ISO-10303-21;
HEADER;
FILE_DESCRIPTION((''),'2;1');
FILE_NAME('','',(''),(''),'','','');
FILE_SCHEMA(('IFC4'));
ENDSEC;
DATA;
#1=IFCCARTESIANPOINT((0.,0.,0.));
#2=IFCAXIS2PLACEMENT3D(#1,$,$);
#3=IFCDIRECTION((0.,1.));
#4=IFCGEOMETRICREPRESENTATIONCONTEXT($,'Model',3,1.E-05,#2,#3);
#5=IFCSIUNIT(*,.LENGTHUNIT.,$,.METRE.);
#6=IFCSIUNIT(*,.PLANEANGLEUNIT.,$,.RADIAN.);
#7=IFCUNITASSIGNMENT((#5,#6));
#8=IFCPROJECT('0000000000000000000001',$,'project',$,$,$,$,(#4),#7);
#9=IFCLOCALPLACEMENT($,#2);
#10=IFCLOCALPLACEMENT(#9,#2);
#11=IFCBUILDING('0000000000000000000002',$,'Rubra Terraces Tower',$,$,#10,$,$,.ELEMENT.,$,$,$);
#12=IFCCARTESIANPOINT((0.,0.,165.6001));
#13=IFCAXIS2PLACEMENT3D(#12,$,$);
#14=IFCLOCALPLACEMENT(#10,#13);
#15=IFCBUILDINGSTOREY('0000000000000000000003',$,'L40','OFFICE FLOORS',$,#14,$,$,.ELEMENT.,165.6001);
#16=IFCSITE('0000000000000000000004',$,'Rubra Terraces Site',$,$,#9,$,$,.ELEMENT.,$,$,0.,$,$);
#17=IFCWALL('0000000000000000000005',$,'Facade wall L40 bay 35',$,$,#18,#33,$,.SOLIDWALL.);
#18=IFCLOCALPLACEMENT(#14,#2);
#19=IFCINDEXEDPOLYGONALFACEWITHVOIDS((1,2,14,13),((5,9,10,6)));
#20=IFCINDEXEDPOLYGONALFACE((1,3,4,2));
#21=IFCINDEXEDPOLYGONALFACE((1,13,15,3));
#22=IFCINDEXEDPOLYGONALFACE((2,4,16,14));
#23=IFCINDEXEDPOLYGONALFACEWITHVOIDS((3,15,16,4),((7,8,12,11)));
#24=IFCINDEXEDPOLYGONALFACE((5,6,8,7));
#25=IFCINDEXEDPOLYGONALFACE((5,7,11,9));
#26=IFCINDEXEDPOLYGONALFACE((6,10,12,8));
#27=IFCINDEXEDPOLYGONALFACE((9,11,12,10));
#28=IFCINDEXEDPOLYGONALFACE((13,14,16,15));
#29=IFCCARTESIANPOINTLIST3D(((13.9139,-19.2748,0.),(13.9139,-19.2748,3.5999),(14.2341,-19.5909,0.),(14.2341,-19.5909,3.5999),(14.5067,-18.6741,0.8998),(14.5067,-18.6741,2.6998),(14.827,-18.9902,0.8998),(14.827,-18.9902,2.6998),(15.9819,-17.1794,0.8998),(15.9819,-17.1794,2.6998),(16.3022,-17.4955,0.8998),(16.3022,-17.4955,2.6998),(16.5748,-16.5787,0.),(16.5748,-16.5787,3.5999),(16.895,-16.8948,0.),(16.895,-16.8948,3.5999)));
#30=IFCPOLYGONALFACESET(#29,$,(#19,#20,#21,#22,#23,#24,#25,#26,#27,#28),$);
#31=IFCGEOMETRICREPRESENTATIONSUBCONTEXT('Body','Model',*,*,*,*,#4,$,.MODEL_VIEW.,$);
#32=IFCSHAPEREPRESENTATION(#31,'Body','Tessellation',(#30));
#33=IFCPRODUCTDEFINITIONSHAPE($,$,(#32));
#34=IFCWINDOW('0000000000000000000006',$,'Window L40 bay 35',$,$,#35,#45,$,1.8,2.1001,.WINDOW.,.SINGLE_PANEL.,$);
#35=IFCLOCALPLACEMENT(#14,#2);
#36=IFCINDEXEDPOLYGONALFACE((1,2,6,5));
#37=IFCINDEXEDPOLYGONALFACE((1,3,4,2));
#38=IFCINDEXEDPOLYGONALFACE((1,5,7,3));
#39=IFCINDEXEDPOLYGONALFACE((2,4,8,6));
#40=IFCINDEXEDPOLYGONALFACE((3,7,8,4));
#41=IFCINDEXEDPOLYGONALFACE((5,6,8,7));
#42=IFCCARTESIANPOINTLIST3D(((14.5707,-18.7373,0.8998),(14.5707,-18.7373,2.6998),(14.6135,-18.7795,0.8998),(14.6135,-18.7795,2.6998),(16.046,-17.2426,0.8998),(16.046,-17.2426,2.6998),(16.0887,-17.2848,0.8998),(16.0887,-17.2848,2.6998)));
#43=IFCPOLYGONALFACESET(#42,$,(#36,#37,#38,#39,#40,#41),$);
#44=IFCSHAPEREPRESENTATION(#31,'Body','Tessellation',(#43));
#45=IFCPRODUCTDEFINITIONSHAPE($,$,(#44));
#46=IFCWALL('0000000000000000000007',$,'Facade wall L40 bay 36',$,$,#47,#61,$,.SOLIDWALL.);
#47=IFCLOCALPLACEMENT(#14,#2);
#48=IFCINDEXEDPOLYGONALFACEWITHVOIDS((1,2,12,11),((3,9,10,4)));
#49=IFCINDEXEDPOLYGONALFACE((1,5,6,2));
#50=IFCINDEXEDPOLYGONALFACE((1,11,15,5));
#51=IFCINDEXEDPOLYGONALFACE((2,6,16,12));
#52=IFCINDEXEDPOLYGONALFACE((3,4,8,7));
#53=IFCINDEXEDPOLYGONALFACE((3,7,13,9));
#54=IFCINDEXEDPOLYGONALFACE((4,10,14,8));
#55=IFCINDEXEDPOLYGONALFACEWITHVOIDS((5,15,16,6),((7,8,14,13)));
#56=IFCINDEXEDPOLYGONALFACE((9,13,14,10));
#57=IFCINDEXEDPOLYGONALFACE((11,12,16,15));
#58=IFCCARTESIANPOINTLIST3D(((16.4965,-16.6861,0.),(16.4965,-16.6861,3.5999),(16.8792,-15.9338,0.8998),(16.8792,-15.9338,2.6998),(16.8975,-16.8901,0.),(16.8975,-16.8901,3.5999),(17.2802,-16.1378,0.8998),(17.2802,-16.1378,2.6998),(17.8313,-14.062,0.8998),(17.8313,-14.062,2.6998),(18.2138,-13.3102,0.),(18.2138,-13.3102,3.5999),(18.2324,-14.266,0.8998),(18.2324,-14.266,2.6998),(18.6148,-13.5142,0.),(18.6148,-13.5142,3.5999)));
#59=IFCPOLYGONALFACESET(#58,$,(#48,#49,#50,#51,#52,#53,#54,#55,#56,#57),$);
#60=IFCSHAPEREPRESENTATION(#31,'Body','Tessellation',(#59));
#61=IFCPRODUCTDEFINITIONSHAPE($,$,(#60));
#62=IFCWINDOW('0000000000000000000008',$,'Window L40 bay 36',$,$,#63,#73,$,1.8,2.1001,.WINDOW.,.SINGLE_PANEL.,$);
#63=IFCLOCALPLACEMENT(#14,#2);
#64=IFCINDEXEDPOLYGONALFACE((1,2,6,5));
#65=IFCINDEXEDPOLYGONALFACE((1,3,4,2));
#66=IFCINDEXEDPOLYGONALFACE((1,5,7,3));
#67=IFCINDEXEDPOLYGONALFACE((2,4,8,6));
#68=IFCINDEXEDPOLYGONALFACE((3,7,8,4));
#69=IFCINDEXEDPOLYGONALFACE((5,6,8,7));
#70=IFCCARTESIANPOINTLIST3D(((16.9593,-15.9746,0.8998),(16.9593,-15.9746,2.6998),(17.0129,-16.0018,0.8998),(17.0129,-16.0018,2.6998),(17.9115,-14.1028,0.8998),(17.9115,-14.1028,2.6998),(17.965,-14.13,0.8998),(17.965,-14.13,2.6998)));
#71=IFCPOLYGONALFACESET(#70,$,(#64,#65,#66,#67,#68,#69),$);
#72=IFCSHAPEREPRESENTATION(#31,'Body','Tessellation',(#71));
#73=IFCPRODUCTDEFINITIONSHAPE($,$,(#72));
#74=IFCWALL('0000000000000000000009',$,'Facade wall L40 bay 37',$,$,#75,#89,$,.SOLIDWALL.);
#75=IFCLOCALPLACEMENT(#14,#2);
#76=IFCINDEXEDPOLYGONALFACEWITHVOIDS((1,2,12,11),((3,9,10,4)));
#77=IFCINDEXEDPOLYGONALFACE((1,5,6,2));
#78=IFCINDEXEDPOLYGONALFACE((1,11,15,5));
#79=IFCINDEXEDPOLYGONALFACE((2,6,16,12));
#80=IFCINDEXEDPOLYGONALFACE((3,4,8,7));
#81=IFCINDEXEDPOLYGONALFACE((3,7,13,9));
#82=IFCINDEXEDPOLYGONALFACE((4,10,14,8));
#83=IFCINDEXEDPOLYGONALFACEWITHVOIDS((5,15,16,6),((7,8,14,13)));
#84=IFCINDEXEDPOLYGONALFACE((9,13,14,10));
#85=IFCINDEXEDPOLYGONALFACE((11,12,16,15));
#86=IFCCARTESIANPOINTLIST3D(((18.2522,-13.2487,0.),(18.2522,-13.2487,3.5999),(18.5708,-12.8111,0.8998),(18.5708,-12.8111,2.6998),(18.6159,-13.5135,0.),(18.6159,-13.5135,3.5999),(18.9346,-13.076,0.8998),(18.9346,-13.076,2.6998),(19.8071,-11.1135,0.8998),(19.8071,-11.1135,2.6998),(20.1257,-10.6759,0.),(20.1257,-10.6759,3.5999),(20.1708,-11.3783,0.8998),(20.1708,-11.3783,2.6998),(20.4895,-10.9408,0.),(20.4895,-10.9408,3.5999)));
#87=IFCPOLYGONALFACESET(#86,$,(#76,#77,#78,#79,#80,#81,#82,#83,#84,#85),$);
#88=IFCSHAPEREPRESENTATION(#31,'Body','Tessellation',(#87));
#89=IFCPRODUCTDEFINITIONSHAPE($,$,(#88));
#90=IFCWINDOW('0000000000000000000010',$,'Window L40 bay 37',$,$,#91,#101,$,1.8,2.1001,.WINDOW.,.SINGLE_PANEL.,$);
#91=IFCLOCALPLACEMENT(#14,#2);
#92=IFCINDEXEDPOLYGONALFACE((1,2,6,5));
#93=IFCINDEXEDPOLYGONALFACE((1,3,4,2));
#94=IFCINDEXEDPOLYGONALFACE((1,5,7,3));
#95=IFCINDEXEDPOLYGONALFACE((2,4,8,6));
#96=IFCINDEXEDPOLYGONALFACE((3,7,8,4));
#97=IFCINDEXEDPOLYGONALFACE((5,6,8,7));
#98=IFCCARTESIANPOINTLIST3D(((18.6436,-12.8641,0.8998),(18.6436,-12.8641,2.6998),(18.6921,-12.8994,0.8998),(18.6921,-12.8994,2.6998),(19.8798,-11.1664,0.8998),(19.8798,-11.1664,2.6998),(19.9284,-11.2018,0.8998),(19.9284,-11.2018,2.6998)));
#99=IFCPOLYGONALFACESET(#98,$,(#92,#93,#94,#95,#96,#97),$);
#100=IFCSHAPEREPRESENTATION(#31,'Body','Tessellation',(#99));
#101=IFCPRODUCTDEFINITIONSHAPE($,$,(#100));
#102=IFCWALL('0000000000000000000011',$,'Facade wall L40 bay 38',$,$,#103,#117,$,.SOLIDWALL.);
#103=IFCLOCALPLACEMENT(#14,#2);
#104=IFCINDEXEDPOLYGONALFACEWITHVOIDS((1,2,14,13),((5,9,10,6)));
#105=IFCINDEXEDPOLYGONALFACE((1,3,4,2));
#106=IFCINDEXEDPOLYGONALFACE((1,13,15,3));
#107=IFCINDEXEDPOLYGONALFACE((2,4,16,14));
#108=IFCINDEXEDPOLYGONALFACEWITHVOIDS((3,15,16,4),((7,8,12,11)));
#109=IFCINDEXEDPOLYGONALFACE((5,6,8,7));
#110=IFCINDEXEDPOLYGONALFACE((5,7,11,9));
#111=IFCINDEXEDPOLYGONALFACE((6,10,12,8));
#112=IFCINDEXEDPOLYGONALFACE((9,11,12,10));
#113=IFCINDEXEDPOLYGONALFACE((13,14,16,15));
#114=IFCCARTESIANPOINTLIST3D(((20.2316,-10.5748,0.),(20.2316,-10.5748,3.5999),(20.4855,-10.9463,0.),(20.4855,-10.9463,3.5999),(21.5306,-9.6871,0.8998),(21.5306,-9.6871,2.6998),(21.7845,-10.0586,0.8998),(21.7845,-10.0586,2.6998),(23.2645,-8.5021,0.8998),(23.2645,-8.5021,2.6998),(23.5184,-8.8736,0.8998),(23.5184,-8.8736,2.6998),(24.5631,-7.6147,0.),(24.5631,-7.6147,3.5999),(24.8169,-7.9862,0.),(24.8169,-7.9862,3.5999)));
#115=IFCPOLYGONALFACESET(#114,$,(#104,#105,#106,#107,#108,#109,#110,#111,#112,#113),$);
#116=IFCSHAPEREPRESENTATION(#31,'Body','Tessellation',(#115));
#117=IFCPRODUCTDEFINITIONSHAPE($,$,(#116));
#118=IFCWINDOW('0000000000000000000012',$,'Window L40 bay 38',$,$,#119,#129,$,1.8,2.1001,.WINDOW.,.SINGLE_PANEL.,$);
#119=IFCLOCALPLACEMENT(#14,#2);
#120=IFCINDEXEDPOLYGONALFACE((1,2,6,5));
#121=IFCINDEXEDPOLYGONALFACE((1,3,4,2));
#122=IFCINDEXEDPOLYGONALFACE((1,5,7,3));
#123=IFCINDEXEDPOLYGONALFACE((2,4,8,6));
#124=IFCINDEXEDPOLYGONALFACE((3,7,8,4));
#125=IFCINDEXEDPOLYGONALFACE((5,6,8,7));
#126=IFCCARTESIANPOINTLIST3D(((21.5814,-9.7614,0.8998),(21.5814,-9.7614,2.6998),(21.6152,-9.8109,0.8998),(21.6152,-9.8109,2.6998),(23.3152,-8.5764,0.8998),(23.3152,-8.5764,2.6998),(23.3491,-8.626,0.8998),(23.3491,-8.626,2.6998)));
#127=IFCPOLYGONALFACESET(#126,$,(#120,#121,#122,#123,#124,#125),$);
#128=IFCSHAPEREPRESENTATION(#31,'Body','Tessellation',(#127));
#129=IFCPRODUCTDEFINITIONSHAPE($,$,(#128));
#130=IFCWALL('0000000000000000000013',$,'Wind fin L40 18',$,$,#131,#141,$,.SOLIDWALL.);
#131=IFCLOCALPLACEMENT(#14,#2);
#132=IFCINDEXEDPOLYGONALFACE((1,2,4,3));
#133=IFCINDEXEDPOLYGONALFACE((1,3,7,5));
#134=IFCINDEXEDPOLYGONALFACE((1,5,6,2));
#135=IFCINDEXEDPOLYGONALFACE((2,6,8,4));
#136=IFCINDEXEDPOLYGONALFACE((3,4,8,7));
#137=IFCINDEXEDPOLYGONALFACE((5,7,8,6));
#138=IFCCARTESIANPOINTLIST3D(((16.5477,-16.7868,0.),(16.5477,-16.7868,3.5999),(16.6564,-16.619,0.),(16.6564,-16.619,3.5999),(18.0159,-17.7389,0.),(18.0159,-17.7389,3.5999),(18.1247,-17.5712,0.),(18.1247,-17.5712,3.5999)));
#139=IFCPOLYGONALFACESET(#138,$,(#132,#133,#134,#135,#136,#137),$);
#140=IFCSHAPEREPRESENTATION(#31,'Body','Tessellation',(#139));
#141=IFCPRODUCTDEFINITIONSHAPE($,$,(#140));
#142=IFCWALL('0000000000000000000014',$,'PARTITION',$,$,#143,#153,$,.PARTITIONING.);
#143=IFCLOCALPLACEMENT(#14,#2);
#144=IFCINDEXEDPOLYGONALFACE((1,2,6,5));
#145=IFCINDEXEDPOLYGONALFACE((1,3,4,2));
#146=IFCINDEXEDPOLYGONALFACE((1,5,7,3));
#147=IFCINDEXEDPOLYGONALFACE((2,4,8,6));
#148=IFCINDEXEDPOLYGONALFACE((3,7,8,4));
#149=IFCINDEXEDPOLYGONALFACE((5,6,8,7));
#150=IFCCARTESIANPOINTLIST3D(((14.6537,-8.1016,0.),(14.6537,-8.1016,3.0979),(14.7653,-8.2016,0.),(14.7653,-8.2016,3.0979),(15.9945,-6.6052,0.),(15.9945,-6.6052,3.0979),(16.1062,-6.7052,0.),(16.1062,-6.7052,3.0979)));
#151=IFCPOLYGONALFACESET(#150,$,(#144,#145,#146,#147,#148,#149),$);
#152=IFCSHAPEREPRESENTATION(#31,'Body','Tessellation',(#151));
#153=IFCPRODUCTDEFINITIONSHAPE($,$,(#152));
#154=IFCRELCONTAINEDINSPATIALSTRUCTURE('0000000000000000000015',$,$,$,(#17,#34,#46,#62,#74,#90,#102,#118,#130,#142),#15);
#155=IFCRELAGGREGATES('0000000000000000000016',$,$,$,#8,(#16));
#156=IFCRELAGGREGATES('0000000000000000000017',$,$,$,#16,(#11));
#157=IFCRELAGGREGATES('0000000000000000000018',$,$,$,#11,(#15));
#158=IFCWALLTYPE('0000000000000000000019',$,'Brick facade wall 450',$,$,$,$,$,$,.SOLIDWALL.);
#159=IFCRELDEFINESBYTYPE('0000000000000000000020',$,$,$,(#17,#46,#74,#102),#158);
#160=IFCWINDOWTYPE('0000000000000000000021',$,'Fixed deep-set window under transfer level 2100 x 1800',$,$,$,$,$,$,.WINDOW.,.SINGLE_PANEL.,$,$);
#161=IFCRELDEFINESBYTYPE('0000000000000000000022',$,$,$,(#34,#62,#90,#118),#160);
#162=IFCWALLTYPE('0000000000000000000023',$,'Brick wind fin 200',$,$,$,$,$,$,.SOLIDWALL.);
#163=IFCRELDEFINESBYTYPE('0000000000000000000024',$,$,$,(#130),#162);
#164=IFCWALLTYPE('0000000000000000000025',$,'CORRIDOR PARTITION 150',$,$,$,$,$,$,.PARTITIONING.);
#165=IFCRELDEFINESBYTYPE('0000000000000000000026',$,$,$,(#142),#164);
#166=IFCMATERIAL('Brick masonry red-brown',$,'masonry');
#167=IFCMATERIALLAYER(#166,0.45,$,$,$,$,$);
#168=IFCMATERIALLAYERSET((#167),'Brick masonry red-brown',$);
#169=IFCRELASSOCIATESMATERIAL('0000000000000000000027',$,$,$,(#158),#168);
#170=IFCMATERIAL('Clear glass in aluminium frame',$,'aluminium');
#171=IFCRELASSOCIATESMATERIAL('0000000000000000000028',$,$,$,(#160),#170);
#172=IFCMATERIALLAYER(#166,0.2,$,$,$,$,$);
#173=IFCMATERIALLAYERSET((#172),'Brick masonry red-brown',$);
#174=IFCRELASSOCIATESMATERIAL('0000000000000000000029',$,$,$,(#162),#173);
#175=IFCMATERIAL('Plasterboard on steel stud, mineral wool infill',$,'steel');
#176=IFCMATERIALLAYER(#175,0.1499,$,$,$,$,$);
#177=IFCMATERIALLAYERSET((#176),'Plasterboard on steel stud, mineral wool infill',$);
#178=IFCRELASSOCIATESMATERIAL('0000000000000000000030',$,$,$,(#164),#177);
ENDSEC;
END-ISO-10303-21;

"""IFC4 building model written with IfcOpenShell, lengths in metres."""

from ifc_helpers import new_model, si_unit, direction, frame, frame_2d, origin, place, context, subcontext, project, spatial, rectangle, extrude, material, layer, layer_set, type_object, element, fill, save


model = new_model("IFC4")

# Units and contexts
model_context = context("Model", 3, precision=1e-05, world=origin(), true_north=direction((0.0, 1.0)))
body_context = subcontext(model_context, "Body", "Model", "MODEL_VIEW")
ifc_project = project(units=[si_unit("LENGTHUNIT", "METRE"), si_unit("PLANEANGLEUNIT", "RADIAN")], contexts=[model_context])

# Site, building, storey
site_placement = place(None, origin())
site = spatial("IfcSite", under=ifc_project, at=site_placement, Name="Rubra Terraces Site", CompositionType="ELEMENT", RefElevation=0.0)
building_placement = place(site_placement, origin())
building = spatial("IfcBuilding", under=site, at=building_placement, Name="Rubra Terraces Tower", CompositionType="ELEMENT")
storey_placement = place(building_placement, frame((0.0, 0.0, 165.6001)))
storey = spatial("IfcBuildingStorey", under=building, at=storey_placement, Name="L40", Description="OFFICE FLOORS", CompositionType="ELEMENT", Elevation=165.6001)

# Walls, openings, windows
ifc_material_1 = material(Name="Brick masonry red-brown", Category="masonry")
ifc_layer_1 = layer(ifc_material_1, 0.45)
ifc_layer_set_1 = layer_set([ifc_layer_1], Name="Brick masonry red-brown")
wall_type_1 = type_object("IfcWallType", Name="Brick facade wall 450", PredefinedType="SOLIDWALL", material=ifc_layer_set_1)
wall_1_placement = place(storey_placement, frame((14.074, -19.4329, 0.0), z_axis=(0.0, 0.0, 1.0), x_axis=(0.702451, 0.711732, 0.0)))
wall_1 = element("IfcWall", 1, at=wall_1_placement, inside=storey, type_object=wall_type_1, Name="Facade wall L40 bay 35", PredefinedType="SOLIDWALL", context=body_context, shape_type="SweptSolid", body=[
    extrude(rectangle(XDim=3.7881, YDim=0.45, at=frame_2d((1.894, 0.0))), origin(), (0.0, 0.0, 1.0), 3.5999),
])
opening_1_placement = place(wall_1_placement, frame((0.844, 0.0, 0.8999)))
opening_1 = element("IfcOpeningElement", 2, at=opening_1_placement, cuts=wall_1, PredefinedType="OPENING", context=body_context, shape_type="SweptSolid", body=[
    extrude(rectangle(XDim=2.1001, YDim=1.8, at=frame_2d((1.05, 0.8999))), frame((0.0, 0.2349, 0.0), z_axis=(0.0, -1.0, 0.0), x_axis=(1.0, 0.0, 0.0)), (0.0, 0.0, 1.0), 0.47),
])
ifc_material_2 = material(Name="Clear glass in aluminium frame", Category="aluminium")
window_type = type_object("IfcWindowType", Name="Fixed deep-set window under transfer level 2100 x 1800", PartitioningType="SINGLE_PANEL", PredefinedType="WINDOW", material=ifc_material_2)
window_1_placement = place(opening_1_placement, origin())
window_1 = element("IfcWindow", 3, at=window_1_placement, inside=storey, type_object=window_type, Name="Window L40 bay 35", OverallHeight=1.8, OverallWidth=2.1001, PartitioningType="SINGLE_PANEL", PredefinedType="WINDOW", context=body_context, shape_type="SweptSolid", body=[
    extrude(rectangle(XDim=2.1001, YDim=1.8, at=frame_2d((1.05, 0.8999))), frame((0.0, 0.135, 0.0), z_axis=(0.0, -1.0, 0.0), x_axis=(1.0, 0.0, 0.0)), (0.0, 0.0, 1.0), 0.0601),
])
fill(opening_1, window_1)
wall_2_placement = place(storey_placement, frame((16.697, -16.7881, 0.0), z_axis=(0.0, 0.0, 1.0), x_axis=(0.453391, 0.891312, 0.0)))
wall_2 = element("IfcWall", 4, at=wall_2_placement, inside=storey, type_object=wall_type_1, Name="Facade wall L40 bay 36", PredefinedType="SOLIDWALL", context=body_context, shape_type="SweptSolid", body=[
    extrude(rectangle(XDim=3.7876, YDim=0.45, at=frame_2d((1.8938, 0.0))), origin(), (0.0, 0.0, 1.0), 3.5999),
])
opening_2_placement = place(wall_2_placement, frame((0.844, 0.0, 0.8999)))
opening_2 = element("IfcOpeningElement", 5, at=opening_2_placement, cuts=wall_2, PredefinedType="OPENING", context=body_context, shape_type="SweptSolid", body=[
    extrude(rectangle(XDim=2.1001, YDim=1.8, at=frame_2d((1.05, 0.8999))), frame((0.0, 0.2349, 0.0), z_axis=(0.0, -1.0, 0.0), x_axis=(1.0, 0.0, 0.0)), (0.0, 0.0, 1.0), 0.47),
])
window_2_placement = place(opening_2_placement, origin())
window_2 = element("IfcWindow", 6, at=window_2_placement, inside=storey, type_object=window_type, Name="Window L40 bay 36", OverallHeight=1.8, OverallWidth=2.1001, PartitioningType="SINGLE_PANEL", PredefinedType="WINDOW", context=body_context, shape_type="SweptSolid", body=[
    extrude(rectangle(XDim=2.1001, YDim=1.8, at=frame_2d((1.05, 0.8999))), frame((0.0, 0.135, 0.0), z_axis=(0.0, -1.0, 0.0), x_axis=(1.0, 0.0, 0.0)), (0.0, 0.0, 1.0), 0.0601),
])
fill(opening_2, window_2)
wall_3_placement = place(storey_placement, frame((18.4341, -13.3811, 0.0), z_axis=(0.0, 0.0, 1.0), x_axis=(0.588673, 0.808371, 0.0)))
wall_3 = element("IfcWall", 7, at=wall_3_placement, inside=storey, type_object=wall_type_1, Name="Facade wall L40 bay 37", PredefinedType="SOLIDWALL", context=body_context, shape_type="SweptSolid", body=[
    extrude(rectangle(XDim=3.1826, YDim=0.45, at=frame_2d((1.5913, 0.0))), origin(), (0.0, 0.0, 1.0), 3.5999),
])
opening_3_placement = place(wall_3_placement, frame((0.5413, 0.0, 0.8999)))
opening_3 = element("IfcOpeningElement", 8, at=opening_3_placement, cuts=wall_3, PredefinedType="OPENING", context=body_context, shape_type="SweptSolid", body=[
    extrude(rectangle(XDim=2.1001, YDim=1.8, at=frame_2d((1.05, 0.8999))), frame((0.0, 0.2349, 0.0), z_axis=(0.0, -1.0, 0.0), x_axis=(1.0, 0.0, 0.0)), (0.0, 0.0, 1.0), 0.47),
])
window_3_placement = place(opening_3_placement, origin())
window_3 = element("IfcWindow", 9, at=window_3_placement, inside=storey, type_object=window_type, Name="Window L40 bay 37", OverallHeight=1.8, OverallWidth=2.1001, PartitioningType="SINGLE_PANEL", PredefinedType="WINDOW", context=body_context, shape_type="SweptSolid", body=[
    extrude(rectangle(XDim=2.1001, YDim=1.8, at=frame_2d((1.05, 0.8999))), frame((0.0, 0.135, 0.0), z_axis=(0.0, -1.0, 0.0), x_axis=(1.0, 0.0, 0.0)), (0.0, 0.0, 1.0), 0.0601),
])
fill(opening_3, window_3)
wall_4_placement = place(storey_placement, frame((20.3586, -10.7605, 0.0), z_axis=(0.0, 0.0, 1.0), x_axis=(0.825616, 0.564232, 0.0)))
wall_4 = element("IfcWall", 10, at=wall_4_placement, inside=storey, type_object=wall_type_1, Name="Facade wall L40 bay 38", PredefinedType="SOLIDWALL", context=body_context, shape_type="SweptSolid", body=[
    extrude(rectangle(XDim=5.2463, YDim=0.45, at=frame_2d((2.623, 0.0))), origin(), (0.0, 0.0, 1.0), 3.5999),
])
opening_4_placement = place(wall_4_placement, frame((1.5732, 0.0, 0.8999)))
opening_4 = element("IfcOpeningElement", 11, at=opening_4_placement, cuts=wall_4, PredefinedType="OPENING", context=body_context, shape_type="SweptSolid", body=[
    extrude(rectangle(XDim=2.1001, YDim=1.8, at=frame_2d((1.05, 0.8999))), frame((0.0, 0.2349, 0.0), z_axis=(0.0, -1.0, 0.0), x_axis=(1.0, 0.0, 0.0)), (0.0, 0.0, 1.0), 0.47),
])
window_4_placement = place(opening_4_placement, origin())
window_4 = element("IfcWindow", 12, at=window_4_placement, inside=storey, type_object=window_type, Name="Window L40 bay 38", OverallHeight=1.8, OverallWidth=2.1001, PartitioningType="SINGLE_PANEL", PredefinedType="WINDOW", context=body_context, shape_type="SweptSolid", body=[
    extrude(rectangle(XDim=2.1001, YDim=1.8, at=frame_2d((1.05, 0.8999))), frame((0.0, 0.135, 0.0), z_axis=(0.0, -1.0, 0.0), x_axis=(1.0, 0.0, 0.0)), (0.0, 0.0, 1.0), 0.0601),
])
fill(opening_4, window_4)

# Walls
ifc_layer_2 = layer(ifc_material_1, 0.2)
ifc_layer_set_2 = layer_set([ifc_layer_2], Name="Brick masonry red-brown")
wall_type_2 = type_object("IfcWallType", Name="Brick wind fin 200", PredefinedType="SOLIDWALL", material=ifc_layer_set_2)
wall_5_placement = place(storey_placement, frame((16.6021, -16.7029, 0.0), z_axis=(0.0, 0.0, 1.0), x_axis=(0.839023, -0.544096, 0.0)))
element("IfcWall", 13, at=wall_5_placement, inside=storey, type_object=wall_type_2, Name="Wind fin L40 18", PredefinedType="SOLIDWALL", context=body_context, shape_type="SweptSolid", body=[
    extrude(rectangle(XDim=1.75, YDim=0.2, at=frame_2d((0.875, 0.0))), origin(), (0.0, 0.0, 1.0), 3.5999),
])
ifc_material_3 = material(Name="Plasterboard on steel stud, mineral wool infill", Category="steel")
ifc_layer_3 = layer(ifc_material_3, 0.1499)
ifc_layer_set_3 = layer_set([ifc_layer_3], Name="Plasterboard on steel stud, mineral wool infill")
wall_type_3 = type_object("IfcWallType", Name="CORRIDOR PARTITION 150", PredefinedType="PARTITIONING", material=ifc_layer_set_3)
wall_6_placement = place(storey_placement, frame((14.7095, -8.1516, 0.0), z_axis=(0.0, 0.0, 1.0), x_axis=(0.667345, 0.744749, 0.0)))
element("IfcWall", 14, at=wall_6_placement, inside=storey, type_object=wall_type_3, Name="PARTITION", PredefinedType="PARTITIONING", context=body_context, shape_type="SweptSolid", body=[
    extrude(rectangle(XDim=2.0093, YDim=0.1499, at=frame_2d((1.0046, 0.0))), origin(), (0.0, 0.0, 1.0), 3.0979),
])

save(model, "model.ifc")
